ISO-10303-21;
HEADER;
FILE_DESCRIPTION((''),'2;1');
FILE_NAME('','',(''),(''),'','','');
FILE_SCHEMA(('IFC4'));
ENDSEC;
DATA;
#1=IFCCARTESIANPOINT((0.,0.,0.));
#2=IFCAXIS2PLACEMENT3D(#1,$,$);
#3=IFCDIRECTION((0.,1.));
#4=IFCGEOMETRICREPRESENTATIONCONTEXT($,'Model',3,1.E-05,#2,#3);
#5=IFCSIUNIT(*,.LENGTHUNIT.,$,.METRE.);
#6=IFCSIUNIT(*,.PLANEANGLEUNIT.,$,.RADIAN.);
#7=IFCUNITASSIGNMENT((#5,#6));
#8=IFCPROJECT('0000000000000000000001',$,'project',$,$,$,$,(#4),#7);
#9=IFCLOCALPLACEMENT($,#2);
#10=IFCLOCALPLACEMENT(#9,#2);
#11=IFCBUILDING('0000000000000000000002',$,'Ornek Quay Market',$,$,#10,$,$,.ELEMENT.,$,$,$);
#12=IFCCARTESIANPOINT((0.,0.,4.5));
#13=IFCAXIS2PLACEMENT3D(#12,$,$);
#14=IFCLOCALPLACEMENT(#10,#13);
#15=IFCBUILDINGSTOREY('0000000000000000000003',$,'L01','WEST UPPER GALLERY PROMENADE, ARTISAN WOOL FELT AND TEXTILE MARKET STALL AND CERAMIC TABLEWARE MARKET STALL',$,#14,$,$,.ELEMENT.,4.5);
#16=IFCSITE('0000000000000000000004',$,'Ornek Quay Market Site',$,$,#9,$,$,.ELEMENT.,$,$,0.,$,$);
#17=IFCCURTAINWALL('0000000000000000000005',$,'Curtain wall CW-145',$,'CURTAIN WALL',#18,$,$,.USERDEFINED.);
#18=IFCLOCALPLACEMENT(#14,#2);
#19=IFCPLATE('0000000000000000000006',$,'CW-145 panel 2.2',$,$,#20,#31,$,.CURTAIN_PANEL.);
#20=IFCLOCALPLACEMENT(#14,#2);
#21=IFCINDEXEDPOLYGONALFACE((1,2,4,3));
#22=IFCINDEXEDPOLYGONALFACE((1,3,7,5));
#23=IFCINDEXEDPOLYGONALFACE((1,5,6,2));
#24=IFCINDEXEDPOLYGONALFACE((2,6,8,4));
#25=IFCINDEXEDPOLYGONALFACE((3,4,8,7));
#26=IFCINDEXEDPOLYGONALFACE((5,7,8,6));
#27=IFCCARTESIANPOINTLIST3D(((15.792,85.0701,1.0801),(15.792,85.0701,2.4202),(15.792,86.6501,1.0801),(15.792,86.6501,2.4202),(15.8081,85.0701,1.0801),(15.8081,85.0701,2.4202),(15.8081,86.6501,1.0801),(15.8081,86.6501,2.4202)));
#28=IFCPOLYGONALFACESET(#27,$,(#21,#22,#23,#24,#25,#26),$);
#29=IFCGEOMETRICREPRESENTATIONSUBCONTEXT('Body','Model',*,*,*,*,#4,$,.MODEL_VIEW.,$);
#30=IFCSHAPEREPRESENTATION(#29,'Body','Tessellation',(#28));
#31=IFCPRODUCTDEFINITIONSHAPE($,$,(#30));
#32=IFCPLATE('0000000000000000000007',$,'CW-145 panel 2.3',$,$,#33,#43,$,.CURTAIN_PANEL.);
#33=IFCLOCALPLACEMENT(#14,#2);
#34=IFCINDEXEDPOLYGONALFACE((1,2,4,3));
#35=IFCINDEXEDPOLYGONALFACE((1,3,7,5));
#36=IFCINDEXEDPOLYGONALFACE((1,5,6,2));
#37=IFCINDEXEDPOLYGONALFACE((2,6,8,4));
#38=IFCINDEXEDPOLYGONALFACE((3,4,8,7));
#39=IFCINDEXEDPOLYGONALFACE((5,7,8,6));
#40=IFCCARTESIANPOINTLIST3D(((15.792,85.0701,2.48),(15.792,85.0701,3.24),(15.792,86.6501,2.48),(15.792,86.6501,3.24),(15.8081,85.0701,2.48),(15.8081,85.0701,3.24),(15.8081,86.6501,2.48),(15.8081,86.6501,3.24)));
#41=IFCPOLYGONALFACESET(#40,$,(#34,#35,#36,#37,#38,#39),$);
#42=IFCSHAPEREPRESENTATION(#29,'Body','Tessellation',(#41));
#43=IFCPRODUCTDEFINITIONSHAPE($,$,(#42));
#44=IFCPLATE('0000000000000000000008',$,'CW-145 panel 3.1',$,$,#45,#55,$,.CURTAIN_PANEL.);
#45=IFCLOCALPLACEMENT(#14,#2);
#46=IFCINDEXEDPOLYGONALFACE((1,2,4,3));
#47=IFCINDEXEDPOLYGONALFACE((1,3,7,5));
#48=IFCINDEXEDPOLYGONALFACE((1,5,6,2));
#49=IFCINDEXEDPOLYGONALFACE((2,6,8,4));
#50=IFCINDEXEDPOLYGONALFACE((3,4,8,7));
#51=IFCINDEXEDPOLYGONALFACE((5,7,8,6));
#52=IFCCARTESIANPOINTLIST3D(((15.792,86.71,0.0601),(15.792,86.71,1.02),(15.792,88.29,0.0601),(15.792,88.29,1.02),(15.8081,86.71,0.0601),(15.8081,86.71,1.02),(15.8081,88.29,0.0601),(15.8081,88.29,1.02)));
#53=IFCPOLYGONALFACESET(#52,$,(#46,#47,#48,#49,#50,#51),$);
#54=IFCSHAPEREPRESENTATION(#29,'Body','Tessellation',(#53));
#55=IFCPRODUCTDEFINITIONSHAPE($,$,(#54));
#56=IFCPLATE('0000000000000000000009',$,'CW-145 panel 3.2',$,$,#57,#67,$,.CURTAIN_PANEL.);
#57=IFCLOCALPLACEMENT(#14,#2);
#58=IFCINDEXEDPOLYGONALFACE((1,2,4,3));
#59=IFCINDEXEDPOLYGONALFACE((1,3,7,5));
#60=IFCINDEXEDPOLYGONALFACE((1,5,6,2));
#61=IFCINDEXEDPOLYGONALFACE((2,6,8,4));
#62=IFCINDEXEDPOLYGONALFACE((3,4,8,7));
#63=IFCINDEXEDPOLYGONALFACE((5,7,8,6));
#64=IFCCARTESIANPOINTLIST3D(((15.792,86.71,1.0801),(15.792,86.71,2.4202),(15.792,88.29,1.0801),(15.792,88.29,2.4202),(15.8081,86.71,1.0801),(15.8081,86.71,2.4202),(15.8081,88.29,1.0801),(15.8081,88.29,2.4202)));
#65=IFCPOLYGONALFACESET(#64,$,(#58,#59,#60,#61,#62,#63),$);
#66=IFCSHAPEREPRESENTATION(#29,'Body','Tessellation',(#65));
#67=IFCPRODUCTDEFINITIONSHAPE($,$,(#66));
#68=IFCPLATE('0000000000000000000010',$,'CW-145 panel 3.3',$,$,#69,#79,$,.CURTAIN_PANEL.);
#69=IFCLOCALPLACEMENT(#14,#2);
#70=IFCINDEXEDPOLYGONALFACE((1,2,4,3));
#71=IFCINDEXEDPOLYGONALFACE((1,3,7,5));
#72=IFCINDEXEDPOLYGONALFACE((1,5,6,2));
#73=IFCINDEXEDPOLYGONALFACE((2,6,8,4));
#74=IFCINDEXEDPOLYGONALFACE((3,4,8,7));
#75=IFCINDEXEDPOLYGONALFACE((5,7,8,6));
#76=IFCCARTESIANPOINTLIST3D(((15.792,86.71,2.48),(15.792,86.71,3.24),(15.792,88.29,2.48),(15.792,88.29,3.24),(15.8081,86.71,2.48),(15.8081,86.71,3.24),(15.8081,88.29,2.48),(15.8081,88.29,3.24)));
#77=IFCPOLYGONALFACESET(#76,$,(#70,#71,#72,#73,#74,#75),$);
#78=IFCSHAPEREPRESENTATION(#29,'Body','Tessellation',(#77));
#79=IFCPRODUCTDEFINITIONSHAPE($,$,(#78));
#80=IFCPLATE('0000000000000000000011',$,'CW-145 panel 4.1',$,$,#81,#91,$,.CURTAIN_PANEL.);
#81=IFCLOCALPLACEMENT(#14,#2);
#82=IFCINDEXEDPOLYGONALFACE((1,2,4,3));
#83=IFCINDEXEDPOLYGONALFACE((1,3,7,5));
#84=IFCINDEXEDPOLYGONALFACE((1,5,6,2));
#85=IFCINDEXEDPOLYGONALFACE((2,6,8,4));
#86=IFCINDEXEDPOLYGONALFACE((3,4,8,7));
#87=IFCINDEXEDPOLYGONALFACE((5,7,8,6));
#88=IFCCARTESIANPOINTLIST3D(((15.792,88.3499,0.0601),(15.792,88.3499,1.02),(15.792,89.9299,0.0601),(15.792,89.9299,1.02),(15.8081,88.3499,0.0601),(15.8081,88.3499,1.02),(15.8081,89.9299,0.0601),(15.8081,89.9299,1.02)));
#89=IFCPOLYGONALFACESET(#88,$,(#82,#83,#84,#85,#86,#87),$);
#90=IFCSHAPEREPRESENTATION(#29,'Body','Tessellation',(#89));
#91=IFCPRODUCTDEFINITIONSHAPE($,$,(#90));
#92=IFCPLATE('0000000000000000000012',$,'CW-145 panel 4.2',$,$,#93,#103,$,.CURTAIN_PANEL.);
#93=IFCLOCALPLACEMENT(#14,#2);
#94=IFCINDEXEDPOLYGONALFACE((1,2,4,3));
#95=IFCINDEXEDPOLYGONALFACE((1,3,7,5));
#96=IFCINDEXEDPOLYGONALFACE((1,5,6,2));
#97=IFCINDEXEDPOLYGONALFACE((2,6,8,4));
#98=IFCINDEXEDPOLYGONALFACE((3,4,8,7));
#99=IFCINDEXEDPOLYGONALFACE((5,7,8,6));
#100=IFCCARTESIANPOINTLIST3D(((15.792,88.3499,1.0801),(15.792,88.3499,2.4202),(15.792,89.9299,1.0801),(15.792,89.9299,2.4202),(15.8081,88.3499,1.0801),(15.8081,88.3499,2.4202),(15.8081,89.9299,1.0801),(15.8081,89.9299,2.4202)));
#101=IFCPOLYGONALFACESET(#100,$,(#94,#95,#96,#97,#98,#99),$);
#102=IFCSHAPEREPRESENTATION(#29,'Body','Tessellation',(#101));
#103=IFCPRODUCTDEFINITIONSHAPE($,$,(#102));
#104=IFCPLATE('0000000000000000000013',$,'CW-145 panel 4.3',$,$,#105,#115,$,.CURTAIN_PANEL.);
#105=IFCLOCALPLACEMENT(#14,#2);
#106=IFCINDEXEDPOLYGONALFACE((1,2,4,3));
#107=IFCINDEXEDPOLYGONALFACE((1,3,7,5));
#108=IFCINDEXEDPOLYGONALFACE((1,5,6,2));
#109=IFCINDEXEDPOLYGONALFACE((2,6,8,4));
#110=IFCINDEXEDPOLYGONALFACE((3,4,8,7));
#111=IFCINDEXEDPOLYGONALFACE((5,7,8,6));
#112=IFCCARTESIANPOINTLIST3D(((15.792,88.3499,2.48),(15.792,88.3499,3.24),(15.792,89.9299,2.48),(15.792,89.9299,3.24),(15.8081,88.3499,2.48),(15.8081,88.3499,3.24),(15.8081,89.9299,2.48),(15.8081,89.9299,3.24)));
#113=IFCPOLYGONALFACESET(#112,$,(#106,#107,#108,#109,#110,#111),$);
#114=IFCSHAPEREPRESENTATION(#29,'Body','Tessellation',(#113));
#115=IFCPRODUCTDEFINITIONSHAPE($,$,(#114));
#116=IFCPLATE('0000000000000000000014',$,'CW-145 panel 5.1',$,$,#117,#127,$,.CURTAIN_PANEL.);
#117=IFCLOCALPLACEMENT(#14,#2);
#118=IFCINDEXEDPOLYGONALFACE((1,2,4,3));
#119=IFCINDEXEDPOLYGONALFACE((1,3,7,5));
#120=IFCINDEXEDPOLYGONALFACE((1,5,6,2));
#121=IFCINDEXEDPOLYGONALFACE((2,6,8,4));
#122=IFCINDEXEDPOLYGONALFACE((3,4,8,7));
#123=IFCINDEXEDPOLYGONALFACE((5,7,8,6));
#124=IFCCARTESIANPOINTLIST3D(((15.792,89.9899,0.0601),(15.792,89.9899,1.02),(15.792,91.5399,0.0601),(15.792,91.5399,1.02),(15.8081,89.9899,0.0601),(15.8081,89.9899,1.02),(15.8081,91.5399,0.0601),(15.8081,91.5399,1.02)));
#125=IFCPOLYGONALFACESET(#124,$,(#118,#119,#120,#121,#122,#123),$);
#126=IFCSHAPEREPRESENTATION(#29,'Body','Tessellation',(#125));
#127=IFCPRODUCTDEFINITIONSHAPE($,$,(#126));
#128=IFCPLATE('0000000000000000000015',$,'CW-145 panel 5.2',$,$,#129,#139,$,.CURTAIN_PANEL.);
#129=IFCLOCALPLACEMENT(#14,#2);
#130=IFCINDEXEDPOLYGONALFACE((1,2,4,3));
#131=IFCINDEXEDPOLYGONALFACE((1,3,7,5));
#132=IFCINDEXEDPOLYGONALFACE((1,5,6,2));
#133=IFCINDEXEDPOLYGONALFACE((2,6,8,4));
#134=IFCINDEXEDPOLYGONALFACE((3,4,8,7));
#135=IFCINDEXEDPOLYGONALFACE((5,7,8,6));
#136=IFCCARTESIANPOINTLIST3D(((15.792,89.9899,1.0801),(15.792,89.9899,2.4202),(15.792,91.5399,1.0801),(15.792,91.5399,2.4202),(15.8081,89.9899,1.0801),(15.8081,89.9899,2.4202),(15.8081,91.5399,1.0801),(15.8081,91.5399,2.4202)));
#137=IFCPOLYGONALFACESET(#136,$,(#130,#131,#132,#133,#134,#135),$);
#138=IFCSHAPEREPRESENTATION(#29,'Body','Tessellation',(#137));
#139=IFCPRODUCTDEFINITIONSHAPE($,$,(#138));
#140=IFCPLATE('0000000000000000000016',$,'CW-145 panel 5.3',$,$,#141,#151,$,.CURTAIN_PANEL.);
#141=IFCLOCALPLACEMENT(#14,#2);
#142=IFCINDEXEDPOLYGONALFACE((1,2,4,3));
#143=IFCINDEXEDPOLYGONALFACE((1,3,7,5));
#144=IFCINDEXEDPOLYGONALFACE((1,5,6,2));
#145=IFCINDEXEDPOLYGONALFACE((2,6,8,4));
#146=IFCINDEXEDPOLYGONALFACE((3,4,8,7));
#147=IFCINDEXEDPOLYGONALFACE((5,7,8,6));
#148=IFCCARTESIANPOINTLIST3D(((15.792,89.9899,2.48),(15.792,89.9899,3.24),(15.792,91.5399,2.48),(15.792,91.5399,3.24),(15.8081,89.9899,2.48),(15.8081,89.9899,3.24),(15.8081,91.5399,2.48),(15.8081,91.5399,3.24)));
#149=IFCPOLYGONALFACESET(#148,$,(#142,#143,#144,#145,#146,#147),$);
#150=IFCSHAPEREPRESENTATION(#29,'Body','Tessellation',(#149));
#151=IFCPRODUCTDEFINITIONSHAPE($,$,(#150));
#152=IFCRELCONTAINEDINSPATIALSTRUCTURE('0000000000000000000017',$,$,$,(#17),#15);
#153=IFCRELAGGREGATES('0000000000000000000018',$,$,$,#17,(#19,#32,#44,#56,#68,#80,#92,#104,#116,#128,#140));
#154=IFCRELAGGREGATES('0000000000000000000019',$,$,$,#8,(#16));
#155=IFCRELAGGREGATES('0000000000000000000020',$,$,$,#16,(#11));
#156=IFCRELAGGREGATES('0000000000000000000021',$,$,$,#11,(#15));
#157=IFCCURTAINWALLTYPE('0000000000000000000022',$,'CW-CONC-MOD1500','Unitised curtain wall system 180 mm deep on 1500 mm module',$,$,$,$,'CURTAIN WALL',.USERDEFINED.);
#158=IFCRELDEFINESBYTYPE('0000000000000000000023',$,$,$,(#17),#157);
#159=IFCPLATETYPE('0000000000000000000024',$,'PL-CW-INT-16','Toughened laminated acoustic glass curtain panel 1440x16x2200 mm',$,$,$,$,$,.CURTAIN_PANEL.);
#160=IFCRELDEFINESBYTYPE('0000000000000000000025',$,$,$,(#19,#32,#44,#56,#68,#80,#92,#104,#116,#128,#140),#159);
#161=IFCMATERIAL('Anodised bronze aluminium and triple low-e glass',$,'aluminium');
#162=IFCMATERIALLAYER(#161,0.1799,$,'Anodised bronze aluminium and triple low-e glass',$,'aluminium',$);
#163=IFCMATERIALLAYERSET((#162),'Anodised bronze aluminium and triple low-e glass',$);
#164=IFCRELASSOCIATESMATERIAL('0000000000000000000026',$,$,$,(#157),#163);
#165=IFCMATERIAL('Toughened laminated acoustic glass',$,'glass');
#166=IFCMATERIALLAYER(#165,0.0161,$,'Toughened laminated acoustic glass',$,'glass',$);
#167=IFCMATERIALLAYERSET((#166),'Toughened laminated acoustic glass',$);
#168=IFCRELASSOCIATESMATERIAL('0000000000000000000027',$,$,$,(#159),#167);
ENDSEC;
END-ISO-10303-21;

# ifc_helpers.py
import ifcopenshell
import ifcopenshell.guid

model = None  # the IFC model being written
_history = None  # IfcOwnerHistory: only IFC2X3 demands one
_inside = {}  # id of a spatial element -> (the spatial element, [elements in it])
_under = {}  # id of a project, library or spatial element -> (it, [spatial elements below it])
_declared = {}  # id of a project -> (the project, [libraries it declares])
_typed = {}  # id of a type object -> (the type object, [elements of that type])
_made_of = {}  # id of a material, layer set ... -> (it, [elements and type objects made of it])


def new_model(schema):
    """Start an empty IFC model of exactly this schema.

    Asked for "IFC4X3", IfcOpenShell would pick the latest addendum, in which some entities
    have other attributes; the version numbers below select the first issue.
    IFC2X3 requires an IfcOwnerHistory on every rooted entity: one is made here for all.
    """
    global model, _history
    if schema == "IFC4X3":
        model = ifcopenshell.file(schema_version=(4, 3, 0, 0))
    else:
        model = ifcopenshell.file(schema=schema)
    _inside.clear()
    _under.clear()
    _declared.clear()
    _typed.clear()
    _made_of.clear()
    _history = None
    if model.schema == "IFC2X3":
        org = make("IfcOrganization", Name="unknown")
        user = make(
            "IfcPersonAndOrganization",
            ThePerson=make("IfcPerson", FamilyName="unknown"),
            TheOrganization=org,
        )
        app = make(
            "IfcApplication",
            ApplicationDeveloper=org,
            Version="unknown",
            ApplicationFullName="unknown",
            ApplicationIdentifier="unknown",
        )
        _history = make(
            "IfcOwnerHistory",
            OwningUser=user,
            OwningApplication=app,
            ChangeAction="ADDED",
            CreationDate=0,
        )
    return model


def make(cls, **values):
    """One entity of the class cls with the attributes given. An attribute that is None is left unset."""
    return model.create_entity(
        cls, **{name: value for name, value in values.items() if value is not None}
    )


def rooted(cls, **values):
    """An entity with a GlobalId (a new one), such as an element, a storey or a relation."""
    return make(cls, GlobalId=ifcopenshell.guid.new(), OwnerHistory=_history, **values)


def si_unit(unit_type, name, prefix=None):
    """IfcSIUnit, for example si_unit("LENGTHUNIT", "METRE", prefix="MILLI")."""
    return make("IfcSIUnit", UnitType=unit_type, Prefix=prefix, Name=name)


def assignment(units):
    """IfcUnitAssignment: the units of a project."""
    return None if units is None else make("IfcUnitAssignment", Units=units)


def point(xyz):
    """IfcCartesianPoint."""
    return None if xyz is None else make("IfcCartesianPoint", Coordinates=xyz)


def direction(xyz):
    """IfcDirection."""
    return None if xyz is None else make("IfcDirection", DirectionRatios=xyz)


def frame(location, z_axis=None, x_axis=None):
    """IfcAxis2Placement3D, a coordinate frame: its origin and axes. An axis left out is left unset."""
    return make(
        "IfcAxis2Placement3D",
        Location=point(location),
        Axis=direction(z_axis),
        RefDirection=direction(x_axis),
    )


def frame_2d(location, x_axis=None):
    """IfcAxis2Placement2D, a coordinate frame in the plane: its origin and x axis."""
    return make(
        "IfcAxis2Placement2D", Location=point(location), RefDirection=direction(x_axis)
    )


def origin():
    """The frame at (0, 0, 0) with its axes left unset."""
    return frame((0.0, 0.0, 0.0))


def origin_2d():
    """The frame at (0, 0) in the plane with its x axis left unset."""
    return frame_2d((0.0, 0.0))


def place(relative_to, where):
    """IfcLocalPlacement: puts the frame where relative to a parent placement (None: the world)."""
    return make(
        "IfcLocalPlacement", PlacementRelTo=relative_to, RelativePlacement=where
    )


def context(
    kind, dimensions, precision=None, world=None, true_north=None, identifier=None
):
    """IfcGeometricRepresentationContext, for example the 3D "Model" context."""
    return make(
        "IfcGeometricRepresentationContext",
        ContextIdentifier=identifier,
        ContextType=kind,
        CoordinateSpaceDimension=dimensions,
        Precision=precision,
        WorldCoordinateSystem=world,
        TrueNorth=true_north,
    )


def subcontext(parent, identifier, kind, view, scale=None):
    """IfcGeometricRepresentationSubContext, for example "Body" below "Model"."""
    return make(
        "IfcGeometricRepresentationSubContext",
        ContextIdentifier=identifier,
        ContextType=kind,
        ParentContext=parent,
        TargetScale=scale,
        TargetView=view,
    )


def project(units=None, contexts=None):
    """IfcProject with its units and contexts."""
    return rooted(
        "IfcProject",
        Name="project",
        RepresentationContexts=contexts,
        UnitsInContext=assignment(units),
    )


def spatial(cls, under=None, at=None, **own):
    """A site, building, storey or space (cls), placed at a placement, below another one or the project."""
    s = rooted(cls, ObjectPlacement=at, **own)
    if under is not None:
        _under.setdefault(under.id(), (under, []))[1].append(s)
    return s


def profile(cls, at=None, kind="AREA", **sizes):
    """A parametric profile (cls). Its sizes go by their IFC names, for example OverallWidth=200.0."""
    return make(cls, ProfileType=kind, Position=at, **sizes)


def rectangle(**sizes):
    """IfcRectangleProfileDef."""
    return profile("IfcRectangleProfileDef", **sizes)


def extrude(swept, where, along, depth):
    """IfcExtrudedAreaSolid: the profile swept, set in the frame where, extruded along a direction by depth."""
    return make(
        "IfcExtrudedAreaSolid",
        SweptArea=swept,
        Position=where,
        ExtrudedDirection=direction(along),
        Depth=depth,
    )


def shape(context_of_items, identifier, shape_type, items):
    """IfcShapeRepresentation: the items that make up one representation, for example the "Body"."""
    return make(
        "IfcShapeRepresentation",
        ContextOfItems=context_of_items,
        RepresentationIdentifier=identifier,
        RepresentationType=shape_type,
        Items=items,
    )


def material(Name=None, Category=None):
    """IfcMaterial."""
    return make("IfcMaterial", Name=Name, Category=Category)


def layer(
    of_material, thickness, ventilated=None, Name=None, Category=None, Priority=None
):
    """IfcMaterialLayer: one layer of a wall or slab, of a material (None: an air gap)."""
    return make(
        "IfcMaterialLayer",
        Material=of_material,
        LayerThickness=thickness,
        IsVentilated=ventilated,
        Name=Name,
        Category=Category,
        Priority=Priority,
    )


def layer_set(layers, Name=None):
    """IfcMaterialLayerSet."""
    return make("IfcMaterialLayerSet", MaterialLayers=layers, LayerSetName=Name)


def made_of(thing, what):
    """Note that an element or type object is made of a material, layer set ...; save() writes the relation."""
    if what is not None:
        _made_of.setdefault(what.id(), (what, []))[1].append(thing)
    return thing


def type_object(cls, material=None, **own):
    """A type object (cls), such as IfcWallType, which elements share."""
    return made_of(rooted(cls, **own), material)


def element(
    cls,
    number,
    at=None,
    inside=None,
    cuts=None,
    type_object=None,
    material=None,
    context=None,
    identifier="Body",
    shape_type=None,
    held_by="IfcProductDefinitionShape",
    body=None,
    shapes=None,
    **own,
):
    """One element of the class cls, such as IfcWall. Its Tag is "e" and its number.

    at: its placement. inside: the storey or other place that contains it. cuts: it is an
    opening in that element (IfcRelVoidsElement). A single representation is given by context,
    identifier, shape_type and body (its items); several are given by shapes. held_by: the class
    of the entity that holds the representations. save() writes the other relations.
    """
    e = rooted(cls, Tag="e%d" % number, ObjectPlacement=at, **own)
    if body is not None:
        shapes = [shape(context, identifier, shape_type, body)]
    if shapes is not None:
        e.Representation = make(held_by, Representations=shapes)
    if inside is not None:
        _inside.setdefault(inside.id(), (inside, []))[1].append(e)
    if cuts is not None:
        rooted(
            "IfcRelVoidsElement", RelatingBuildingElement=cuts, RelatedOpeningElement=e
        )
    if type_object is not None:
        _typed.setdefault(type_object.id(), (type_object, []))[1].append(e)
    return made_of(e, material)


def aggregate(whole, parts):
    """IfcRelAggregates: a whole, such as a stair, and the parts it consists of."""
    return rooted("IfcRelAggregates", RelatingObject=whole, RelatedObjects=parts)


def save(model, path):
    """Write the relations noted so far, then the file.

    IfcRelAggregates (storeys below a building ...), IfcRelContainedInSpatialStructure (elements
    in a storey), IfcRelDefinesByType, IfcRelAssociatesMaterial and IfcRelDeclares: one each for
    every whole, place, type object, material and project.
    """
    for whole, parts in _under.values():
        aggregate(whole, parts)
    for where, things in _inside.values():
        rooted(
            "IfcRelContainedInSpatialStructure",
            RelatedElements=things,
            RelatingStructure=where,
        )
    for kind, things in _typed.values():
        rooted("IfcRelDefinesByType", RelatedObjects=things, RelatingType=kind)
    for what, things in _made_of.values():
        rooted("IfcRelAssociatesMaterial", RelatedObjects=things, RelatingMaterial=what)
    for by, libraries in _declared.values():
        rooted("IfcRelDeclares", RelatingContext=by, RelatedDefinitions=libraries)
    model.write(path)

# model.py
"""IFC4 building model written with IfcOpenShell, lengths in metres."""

from ifc_helpers import new_model, si_unit, direction, frame, origin, origin_2d, place, context, subcontext, project, spatial, rectangle, extrude, material, layer, layer_set, type_object, element, aggregate, save


model = new_model("IFC4")

# Units and contexts
model_context = context("Model", 3, precision=1e-05, world=origin(), true_north=direction((0.0, 1.0)))
body_context = subcontext(model_context, "Body", "Model", "MODEL_VIEW")
ifc_project = project(units=[si_unit("LENGTHUNIT", "METRE"), si_unit("PLANEANGLEUNIT", "RADIAN")], contexts=[model_context])

# Site, building, storey
site_placement = place(None, origin())
site = spatial("IfcSite", under=ifc_project, at=site_placement, Name="Ornek Quay Market Site", CompositionType="ELEMENT", RefElevation=0.0)
building_placement = place(site_placement, origin())
building = spatial("IfcBuilding", under=site, at=building_placement, Name="Ornek Quay Market", CompositionType="ELEMENT")
storey_placement = place(building_placement, frame((0.0, 0.0, 4.5)))
storey = spatial("IfcBuildingStorey", under=building, at=storey_placement, Name="L01", Description="WEST UPPER GALLERY PROMENADE, ARTISAN WOOL FELT AND TEXTILE MARKET STALL AND CERAMIC TABLEWARE MARKET STALL", CompositionType="ELEMENT", Elevation=4.5)

# Curtain wall, plates
ifc_material_1 = material(Name="Anodised bronze aluminium and triple low-e glass", Category="aluminium")
ifc_layer_1 = layer(ifc_material_1, 0.1799, Name="Anodised bronze aluminium and triple low-e glass", Category="aluminium")
ifc_layer_set_1 = layer_set([ifc_layer_1], Name="Anodised bronze aluminium and triple low-e glass")
curtain_wall_type = type_object("IfcCurtainWallType", Name="CW-CONC-MOD1500", Description="Unitised curtain wall system 180 mm deep on 1500 mm module", ElementType="CURTAIN WALL", PredefinedType="USERDEFINED", material=ifc_layer_set_1)
curtain_wall_placement = place(storey_placement, origin())
curtain_wall = element("IfcCurtainWall", 1, at=curtain_wall_placement, inside=storey, type_object=curtain_wall_type, Name="Curtain wall CW-145", ObjectType="CURTAIN WALL", PredefinedType="USERDEFINED")
ifc_material_2 = material(Name="Toughened laminated acoustic glass", Category="glass")
ifc_layer_2 = layer(ifc_material_2, 0.0161, Name="Toughened laminated acoustic glass", Category="glass")
ifc_layer_set_2 = layer_set([ifc_layer_2], Name="Toughened laminated acoustic glass")
plate_type = type_object("IfcPlateType", Name="PL-CW-INT-16", Description="Toughened laminated acoustic glass curtain panel 1440x16x2200 mm", PredefinedType="CURTAIN_PANEL", material=ifc_layer_set_2)
plate_1_placement = place(storey_placement, frame((15.8, 85.8601, 1.0801), z_axis=(0.0, 0.0, 1.0), x_axis=(0.0, 1.0, 0.0)))
plate_1 = element("IfcPlate", 2, at=plate_1_placement, type_object=plate_type, Name="CW-145 panel 2.2", PredefinedType="CURTAIN_PANEL", context=body_context, shape_type="SweptSolid", body=[
    extrude(rectangle(XDim=1.5801, YDim=0.0161, at=origin_2d()), origin(), (0.0, 0.0, 1.0), 1.3401),
])
plate_2_placement = place(storey_placement, frame((15.8, 85.8601, 2.48), z_axis=(0.0, 0.0, 1.0), x_axis=(0.0, 1.0, 0.0)))
plate_2 = element("IfcPlate", 3, at=plate_2_placement, type_object=plate_type, Name="CW-145 panel 2.3", PredefinedType="CURTAIN_PANEL", context=body_context, shape_type="SweptSolid", body=[
    extrude(rectangle(XDim=1.5801, YDim=0.0161, at=origin_2d()), origin(), (0.0, 0.0, 1.0), 0.76),
])
plate_3_placement = place(storey_placement, frame((15.8, 87.5, 0.0601), z_axis=(0.0, 0.0, 1.0), x_axis=(0.0, 1.0, 0.0)))
plate_3 = element("IfcPlate", 4, at=plate_3_placement, type_object=plate_type, Name="CW-145 panel 3.1", PredefinedType="CURTAIN_PANEL", context=body_context, shape_type="SweptSolid", body=[
    extrude(rectangle(XDim=1.5801, YDim=0.0161, at=origin_2d()), origin(), (0.0, 0.0, 1.0), 0.96),
])
plate_4_placement = place(storey_placement, frame((15.8, 87.5, 1.0801), z_axis=(0.0, 0.0, 1.0), x_axis=(0.0, 1.0, 0.0)))
plate_4 = element("IfcPlate", 5, at=plate_4_placement, type_object=plate_type, Name="CW-145 panel 3.2", PredefinedType="CURTAIN_PANEL", context=body_context, shape_type="SweptSolid", body=[
    extrude(rectangle(XDim=1.5801, YDim=0.0161, at=origin_2d()), origin(), (0.0, 0.0, 1.0), 1.3401),
])
plate_5_placement = place(storey_placement, frame((15.8, 87.5, 2.48), z_axis=(0.0, 0.0, 1.0), x_axis=(0.0, 1.0, 0.0)))
plate_5 = element("IfcPlate", 6, at=plate_5_placement, type_object=plate_type, Name="CW-145 panel 3.3", PredefinedType="CURTAIN_PANEL", context=body_context, shape_type="SweptSolid", body=[
    extrude(rectangle(XDim=1.5801, YDim=0.0161, at=origin_2d()), origin(), (0.0, 0.0, 1.0), 0.76),
])
plate_6_placement = place(storey_placement, frame((15.8, 89.1399, 0.0601), z_axis=(0.0, 0.0, 1.0), x_axis=(0.0, 1.0, 0.0)))
plate_6 = element("IfcPlate", 7, at=plate_6_placement, type_object=plate_type, Name="CW-145 panel 4.1", PredefinedType="CURTAIN_PANEL", context=body_context, shape_type="SweptSolid", body=[
    extrude(rectangle(XDim=1.5801, YDim=0.0161, at=origin_2d()), origin(), (0.0, 0.0, 1.0), 0.96),
])
plate_7_placement = place(storey_placement, frame((15.8, 89.1399, 1.0801), z_axis=(0.0, 0.0, 1.0), x_axis=(0.0, 1.0, 0.0)))
plate_7 = element("IfcPlate", 8, at=plate_7_placement, type_object=plate_type, Name="CW-145 panel 4.2", PredefinedType="CURTAIN_PANEL", context=body_context, shape_type="SweptSolid", body=[
    extrude(rectangle(XDim=1.5801, YDim=0.0161, at=origin_2d()), origin(), (0.0, 0.0, 1.0), 1.3401),
])
plate_8_placement = place(storey_placement, frame((15.8, 89.1399, 2.48), z_axis=(0.0, 0.0, 1.0), x_axis=(0.0, 1.0, 0.0)))
plate_8 = element("IfcPlate", 9, at=plate_8_placement, type_object=plate_type, Name="CW-145 panel 4.3", PredefinedType="CURTAIN_PANEL", context=body_context, shape_type="SweptSolid", body=[
    extrude(rectangle(XDim=1.5801, YDim=0.0161, at=origin_2d()), origin(), (0.0, 0.0, 1.0), 0.76),
])
plate_9_placement = place(storey_placement, frame((15.8, 90.7649, 0.0601), z_axis=(0.0, 0.0, 1.0), x_axis=(0.0, 1.0, 0.0)))
plate_9 = element("IfcPlate", 10, at=plate_9_placement, type_object=plate_type, Name="CW-145 panel 5.1", PredefinedType="CURTAIN_PANEL", context=body_context, shape_type="SweptSolid", body=[
    extrude(rectangle(XDim=1.55, YDim=0.0161, at=origin_2d()), origin(), (0.0, 0.0, 1.0), 0.96),
])
plate_10_placement = place(storey_placement, frame((15.8, 90.7649, 1.0801), z_axis=(0.0, 0.0, 1.0), x_axis=(0.0, 1.0, 0.0)))
plate_10 = element("IfcPlate", 11, at=plate_10_placement, type_object=plate_type, Name="CW-145 panel 5.2", PredefinedType="CURTAIN_PANEL", context=body_context, shape_type="SweptSolid", body=[
    extrude(rectangle(XDim=1.55, YDim=0.0161, at=origin_2d()), origin(), (0.0, 0.0, 1.0), 1.3401),
])
plate_11_placement = place(storey_placement, frame((15.8, 90.7649, 2.48), z_axis=(0.0, 0.0, 1.0), x_axis=(0.0, 1.0, 0.0)))
plate_11 = element("IfcPlate", 12, at=plate_11_placement, type_object=plate_type, Name="CW-145 panel 5.3", PredefinedType="CURTAIN_PANEL", context=body_context, shape_type="SweptSolid", body=[
    extrude(rectangle(XDim=1.55, YDim=0.0161, at=origin_2d()), origin(), (0.0, 0.0, 1.0), 0.76),
])
aggregate(curtain_wall, [plate_1, plate_2, plate_3, plate_4, plate_5, plate_6, plate_7, plate_8, plate_9, plate_10, plate_11])

save(model, "model.ifc")
